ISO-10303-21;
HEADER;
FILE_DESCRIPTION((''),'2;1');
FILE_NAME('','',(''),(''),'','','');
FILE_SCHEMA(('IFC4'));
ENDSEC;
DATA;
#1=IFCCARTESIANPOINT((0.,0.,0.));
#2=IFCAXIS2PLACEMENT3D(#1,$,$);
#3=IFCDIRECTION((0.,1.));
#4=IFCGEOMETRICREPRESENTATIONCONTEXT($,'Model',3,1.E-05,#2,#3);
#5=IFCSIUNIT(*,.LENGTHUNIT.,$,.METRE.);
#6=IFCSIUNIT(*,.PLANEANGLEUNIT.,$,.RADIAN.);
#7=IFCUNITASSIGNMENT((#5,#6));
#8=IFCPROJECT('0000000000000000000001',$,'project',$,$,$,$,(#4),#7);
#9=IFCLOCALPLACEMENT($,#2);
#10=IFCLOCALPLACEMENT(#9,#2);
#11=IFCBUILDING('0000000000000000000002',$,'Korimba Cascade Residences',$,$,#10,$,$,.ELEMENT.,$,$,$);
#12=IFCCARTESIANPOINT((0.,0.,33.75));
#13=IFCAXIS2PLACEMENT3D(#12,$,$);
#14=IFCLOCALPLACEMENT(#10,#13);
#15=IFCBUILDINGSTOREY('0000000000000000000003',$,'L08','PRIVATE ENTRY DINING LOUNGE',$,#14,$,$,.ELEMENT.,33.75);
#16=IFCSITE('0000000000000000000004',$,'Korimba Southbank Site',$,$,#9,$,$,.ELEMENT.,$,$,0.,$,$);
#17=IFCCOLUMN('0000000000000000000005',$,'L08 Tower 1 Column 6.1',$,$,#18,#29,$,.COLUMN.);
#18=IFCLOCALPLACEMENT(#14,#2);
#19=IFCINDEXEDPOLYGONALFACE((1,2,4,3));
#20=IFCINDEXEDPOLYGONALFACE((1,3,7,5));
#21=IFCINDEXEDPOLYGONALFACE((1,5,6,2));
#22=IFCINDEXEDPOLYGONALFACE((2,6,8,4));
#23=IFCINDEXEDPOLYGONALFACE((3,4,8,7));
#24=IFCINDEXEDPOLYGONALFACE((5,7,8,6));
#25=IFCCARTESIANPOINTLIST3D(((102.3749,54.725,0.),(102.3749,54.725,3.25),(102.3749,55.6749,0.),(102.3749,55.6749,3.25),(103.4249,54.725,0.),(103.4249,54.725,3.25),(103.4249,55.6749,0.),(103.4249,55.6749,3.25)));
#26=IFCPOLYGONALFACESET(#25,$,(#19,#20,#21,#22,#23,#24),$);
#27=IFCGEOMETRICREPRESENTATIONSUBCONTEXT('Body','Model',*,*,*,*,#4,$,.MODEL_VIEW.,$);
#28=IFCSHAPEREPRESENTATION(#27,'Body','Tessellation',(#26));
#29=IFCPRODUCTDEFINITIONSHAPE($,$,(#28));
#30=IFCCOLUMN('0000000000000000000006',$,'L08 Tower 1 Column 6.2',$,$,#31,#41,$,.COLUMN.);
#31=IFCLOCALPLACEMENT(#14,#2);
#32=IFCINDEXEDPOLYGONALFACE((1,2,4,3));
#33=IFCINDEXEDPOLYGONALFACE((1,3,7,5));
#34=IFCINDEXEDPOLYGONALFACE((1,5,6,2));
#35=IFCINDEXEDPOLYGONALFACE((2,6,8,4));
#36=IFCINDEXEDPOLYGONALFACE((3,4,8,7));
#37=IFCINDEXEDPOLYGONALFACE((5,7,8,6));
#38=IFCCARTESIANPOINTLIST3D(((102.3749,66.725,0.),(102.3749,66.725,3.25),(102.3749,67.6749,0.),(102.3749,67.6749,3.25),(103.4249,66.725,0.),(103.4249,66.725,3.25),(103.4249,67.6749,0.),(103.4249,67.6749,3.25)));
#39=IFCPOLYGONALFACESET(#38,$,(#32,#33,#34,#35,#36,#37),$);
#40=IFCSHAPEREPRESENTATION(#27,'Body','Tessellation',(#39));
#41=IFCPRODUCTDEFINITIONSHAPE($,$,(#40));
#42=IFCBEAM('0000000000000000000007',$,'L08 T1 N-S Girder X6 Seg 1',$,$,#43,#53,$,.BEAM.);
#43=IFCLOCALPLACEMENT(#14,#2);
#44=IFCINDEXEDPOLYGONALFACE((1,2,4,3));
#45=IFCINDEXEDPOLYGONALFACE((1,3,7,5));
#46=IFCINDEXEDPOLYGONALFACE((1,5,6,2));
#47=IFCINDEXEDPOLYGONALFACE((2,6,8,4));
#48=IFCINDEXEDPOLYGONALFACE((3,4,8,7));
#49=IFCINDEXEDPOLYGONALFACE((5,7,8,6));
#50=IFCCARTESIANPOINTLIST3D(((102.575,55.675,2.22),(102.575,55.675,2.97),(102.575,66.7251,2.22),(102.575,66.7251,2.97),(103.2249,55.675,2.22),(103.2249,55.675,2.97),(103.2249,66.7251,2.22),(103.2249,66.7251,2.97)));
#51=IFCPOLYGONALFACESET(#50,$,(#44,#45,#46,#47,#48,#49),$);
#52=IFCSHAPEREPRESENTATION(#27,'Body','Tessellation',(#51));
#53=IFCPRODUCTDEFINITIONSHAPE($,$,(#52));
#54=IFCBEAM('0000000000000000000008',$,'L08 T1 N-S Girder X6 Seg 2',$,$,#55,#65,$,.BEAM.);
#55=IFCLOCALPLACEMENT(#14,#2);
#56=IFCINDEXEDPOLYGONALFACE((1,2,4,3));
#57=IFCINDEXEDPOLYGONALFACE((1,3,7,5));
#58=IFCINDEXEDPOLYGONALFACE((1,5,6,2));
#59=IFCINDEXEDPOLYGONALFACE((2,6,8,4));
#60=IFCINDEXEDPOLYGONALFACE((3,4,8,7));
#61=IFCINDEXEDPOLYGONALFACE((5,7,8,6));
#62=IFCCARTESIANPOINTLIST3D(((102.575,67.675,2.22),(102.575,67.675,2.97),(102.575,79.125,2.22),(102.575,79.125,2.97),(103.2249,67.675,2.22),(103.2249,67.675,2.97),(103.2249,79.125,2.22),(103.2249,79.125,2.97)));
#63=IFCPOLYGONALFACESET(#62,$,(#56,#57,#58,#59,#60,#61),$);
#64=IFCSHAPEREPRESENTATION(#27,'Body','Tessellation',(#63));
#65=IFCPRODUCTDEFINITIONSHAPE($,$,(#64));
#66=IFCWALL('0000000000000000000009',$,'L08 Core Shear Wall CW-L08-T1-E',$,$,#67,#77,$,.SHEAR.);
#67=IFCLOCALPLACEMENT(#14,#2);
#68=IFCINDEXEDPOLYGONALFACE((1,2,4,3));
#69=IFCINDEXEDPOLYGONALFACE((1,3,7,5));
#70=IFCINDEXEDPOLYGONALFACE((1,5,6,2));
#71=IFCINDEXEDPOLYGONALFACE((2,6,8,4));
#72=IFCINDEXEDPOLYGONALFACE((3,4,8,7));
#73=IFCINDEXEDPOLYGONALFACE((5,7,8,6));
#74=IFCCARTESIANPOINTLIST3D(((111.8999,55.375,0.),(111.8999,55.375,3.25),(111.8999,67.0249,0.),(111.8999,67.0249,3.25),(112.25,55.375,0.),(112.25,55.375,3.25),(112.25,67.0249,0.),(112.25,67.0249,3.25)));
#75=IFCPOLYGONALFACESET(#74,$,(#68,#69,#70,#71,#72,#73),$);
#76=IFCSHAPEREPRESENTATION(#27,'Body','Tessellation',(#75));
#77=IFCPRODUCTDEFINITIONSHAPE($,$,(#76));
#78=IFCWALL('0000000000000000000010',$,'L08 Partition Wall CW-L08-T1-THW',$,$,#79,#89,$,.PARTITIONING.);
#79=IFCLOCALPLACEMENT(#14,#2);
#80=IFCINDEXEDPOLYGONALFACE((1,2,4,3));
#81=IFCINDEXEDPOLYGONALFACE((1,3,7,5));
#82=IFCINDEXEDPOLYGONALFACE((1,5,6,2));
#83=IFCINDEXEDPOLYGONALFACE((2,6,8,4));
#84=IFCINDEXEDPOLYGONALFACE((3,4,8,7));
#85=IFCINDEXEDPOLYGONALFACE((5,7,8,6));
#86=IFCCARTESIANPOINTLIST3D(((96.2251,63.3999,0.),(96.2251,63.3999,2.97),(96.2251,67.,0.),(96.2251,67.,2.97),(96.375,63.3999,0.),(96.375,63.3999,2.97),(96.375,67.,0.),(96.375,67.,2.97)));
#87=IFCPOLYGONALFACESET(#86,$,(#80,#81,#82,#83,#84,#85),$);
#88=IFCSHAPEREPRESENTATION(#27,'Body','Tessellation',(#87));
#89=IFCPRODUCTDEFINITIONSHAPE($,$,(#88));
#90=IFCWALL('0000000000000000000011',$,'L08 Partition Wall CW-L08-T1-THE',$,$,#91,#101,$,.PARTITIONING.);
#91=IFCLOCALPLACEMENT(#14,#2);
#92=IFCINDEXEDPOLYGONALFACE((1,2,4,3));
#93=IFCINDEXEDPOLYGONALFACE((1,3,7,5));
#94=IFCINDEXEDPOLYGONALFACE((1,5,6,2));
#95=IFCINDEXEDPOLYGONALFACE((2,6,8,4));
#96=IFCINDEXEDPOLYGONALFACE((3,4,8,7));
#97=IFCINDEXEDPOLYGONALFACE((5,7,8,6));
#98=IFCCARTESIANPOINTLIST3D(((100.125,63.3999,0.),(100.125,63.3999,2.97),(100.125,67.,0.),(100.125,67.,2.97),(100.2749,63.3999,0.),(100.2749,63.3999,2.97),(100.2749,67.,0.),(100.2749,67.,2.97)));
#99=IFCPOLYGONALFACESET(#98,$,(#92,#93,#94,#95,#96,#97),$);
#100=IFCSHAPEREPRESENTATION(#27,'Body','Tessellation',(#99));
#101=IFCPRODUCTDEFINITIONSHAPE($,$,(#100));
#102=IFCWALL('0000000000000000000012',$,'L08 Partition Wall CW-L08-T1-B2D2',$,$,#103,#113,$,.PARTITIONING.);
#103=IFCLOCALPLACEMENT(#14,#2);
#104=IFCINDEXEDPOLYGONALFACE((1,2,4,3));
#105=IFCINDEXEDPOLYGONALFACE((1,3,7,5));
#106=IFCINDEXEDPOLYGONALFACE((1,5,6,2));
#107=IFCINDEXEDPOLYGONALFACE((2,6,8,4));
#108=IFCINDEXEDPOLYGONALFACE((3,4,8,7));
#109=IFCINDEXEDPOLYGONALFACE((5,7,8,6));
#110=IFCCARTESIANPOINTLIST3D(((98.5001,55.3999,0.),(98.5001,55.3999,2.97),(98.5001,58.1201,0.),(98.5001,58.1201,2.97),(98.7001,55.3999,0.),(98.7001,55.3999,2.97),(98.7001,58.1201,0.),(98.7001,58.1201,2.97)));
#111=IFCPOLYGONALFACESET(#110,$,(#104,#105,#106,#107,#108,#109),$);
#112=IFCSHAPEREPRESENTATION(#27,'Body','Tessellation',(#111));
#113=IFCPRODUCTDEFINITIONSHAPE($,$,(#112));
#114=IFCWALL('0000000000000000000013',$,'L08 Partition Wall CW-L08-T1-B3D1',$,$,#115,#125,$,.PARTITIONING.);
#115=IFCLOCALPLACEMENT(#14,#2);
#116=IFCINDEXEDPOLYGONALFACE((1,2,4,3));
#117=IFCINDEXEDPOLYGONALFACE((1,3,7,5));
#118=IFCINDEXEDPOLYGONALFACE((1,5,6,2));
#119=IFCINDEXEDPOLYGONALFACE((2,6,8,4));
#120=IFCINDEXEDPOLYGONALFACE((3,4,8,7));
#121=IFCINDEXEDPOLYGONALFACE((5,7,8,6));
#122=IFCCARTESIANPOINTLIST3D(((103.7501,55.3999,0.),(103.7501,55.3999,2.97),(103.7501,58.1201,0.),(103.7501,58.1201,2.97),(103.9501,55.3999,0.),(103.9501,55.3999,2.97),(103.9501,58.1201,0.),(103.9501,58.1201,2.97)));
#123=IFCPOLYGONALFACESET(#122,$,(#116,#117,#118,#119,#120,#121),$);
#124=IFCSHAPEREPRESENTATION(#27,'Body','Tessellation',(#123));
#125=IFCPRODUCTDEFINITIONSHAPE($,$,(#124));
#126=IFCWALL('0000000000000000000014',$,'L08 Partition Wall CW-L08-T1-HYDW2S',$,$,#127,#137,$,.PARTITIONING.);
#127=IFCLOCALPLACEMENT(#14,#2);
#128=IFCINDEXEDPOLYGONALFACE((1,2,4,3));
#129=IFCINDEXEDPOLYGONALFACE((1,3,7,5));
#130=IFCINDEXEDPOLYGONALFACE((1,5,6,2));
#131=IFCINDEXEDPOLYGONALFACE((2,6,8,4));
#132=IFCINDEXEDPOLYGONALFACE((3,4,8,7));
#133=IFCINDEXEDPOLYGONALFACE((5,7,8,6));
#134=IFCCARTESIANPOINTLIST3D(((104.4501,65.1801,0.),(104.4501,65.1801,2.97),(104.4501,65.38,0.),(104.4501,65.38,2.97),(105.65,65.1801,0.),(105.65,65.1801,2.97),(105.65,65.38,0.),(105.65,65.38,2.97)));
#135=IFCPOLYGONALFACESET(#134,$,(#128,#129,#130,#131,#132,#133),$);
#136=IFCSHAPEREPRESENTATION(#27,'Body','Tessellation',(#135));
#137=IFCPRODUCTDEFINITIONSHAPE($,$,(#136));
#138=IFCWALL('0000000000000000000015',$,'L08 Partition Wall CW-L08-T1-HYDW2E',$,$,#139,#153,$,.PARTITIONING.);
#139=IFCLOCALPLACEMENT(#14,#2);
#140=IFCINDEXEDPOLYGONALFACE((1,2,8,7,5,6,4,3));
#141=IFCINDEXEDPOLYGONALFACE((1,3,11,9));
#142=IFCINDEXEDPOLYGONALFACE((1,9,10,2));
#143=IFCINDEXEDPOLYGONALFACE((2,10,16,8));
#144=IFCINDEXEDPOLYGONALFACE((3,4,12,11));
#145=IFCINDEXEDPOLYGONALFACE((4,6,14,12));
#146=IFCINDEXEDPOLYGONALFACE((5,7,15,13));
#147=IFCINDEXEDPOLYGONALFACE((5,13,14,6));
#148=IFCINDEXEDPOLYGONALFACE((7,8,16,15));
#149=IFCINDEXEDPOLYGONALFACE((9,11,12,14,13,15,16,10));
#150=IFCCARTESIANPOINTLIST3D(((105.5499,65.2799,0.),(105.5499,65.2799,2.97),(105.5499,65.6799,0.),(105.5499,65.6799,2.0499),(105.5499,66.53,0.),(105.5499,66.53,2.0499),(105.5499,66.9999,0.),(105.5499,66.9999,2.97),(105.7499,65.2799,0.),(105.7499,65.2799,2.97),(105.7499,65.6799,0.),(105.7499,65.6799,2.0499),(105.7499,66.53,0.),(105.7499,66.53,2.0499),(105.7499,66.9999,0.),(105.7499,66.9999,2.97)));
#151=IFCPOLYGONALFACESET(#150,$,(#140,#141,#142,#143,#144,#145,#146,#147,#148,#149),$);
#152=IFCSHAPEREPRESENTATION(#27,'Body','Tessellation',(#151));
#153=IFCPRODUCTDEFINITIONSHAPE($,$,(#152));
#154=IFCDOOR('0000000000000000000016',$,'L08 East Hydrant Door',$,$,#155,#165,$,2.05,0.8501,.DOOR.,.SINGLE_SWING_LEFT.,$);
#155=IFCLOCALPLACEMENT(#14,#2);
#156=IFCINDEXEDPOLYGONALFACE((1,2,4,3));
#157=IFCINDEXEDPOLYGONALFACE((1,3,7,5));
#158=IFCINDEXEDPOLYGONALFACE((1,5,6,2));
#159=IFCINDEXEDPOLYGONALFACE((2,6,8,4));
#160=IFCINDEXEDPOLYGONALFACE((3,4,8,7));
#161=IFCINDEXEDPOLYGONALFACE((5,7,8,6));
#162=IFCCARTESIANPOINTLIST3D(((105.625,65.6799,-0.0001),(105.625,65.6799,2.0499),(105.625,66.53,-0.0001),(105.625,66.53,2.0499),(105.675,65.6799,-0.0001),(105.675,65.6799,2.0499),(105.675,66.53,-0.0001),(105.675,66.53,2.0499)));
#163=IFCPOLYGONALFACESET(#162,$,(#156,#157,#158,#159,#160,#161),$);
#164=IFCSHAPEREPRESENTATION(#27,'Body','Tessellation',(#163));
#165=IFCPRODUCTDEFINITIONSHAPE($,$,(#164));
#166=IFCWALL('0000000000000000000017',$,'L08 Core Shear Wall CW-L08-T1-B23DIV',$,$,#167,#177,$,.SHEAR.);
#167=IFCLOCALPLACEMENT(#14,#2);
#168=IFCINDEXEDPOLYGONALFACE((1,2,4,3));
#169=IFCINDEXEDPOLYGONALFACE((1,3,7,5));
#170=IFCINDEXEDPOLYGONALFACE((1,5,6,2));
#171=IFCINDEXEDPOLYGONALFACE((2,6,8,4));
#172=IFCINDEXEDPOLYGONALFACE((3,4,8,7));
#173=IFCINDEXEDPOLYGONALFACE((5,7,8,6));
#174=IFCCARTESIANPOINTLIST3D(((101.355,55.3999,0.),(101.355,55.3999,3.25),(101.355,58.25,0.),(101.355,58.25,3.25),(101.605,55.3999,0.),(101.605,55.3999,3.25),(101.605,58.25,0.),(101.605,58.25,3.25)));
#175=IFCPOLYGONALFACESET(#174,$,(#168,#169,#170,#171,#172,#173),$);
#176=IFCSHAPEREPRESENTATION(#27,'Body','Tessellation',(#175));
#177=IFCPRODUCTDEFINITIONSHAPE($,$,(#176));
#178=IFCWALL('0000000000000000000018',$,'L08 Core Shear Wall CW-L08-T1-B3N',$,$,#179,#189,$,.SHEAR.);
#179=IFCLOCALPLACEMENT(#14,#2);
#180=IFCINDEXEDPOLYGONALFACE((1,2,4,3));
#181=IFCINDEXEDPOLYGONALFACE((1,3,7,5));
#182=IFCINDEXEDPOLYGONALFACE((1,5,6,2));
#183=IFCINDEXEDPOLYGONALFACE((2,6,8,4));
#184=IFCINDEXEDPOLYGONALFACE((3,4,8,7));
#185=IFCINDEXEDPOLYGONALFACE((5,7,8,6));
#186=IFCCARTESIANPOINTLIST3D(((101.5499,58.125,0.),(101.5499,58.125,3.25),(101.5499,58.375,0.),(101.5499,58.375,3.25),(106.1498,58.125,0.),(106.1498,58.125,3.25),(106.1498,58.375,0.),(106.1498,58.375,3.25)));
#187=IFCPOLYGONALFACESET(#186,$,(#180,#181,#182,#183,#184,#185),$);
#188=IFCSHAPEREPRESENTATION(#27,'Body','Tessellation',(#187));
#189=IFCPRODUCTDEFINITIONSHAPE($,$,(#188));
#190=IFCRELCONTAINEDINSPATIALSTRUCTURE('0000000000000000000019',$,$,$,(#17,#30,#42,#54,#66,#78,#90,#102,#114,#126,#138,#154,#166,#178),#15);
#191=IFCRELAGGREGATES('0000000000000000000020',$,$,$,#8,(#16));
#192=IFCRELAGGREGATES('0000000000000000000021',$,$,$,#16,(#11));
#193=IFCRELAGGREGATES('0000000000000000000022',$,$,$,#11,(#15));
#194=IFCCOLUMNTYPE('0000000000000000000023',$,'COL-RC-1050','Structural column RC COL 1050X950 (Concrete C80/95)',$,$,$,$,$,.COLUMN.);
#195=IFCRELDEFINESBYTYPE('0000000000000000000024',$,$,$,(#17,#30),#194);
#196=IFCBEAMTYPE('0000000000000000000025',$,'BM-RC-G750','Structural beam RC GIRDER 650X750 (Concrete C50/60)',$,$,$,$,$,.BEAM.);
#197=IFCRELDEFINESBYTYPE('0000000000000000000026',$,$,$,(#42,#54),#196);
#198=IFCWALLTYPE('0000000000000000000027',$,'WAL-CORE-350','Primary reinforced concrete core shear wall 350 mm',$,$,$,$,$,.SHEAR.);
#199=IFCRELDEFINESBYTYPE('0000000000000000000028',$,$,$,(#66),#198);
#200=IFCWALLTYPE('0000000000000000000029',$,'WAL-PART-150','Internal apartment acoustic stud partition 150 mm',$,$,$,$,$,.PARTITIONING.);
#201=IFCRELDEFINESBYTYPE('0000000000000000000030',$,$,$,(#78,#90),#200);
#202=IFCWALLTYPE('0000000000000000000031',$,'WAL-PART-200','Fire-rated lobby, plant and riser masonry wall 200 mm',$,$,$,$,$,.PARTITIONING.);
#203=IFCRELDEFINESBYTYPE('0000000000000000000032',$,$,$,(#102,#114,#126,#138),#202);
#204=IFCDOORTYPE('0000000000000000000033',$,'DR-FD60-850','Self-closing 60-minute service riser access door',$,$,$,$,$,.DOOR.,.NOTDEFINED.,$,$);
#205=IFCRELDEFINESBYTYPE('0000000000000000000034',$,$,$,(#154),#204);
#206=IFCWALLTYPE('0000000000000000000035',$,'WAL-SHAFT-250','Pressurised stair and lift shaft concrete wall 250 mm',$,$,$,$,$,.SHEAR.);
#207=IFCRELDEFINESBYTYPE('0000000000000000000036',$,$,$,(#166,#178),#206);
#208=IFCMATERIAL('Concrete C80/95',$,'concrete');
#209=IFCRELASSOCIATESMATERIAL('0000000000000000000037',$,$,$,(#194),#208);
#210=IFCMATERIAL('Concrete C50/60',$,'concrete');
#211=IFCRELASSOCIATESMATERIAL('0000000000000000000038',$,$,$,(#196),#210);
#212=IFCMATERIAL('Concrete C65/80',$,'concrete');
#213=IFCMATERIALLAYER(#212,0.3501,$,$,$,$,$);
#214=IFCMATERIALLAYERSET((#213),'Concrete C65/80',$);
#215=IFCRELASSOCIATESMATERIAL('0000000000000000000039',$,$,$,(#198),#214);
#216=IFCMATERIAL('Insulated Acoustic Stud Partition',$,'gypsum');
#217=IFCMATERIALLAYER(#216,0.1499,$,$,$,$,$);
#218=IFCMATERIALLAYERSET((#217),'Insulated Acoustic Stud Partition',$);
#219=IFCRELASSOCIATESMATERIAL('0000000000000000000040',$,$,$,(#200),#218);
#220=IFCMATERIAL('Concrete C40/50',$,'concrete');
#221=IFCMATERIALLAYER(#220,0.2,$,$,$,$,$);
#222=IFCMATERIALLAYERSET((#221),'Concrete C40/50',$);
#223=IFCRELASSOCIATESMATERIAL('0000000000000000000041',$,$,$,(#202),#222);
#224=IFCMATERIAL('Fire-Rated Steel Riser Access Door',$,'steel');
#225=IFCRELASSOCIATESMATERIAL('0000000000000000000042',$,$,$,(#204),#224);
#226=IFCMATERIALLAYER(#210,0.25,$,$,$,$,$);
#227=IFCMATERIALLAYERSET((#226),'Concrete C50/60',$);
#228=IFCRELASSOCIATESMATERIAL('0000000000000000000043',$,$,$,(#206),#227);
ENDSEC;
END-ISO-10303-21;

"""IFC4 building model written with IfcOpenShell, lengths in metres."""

from ifc_helpers import new_model, si_unit, direction, frame, frame_2d, origin, origin_2d, place, context, subcontext, project, spatial, rectangle, extrude, material, layer, layer_set, material_profile, profile_set, type_object, element, fill, save


model = new_model("IFC4")

# Units and contexts
model_context = context("Model", 3, precision=1e-05, world=origin(), true_north=direction((0.0, 1.0)))
body_context = subcontext(model_context, "Body", "Model", "MODEL_VIEW")
ifc_project = project(units=[si_unit("LENGTHUNIT", "METRE"), si_unit("PLANEANGLEUNIT", "RADIAN")], contexts=[model_context])

# Site, building, storey
site_placement = place(None, origin())
site = spatial("IfcSite", under=ifc_project, at=site_placement, Name="Korimba Southbank Site", CompositionType="ELEMENT", RefElevation=0.0)
building_placement = place(site_placement, origin())
building = spatial("IfcBuilding", under=site, at=building_placement, Name="Korimba Cascade Residences", CompositionType="ELEMENT")
storey_placement = place(building_placement, frame((0.0, 0.0, 33.75)))
storey = spatial("IfcBuildingStorey", under=building, at=storey_placement, Name="L08", Description="PRIVATE ENTRY DINING LOUNGE", CompositionType="ELEMENT", Elevation=33.75)

# Columns
ifc_material_1 = material(Name="Concrete C80/95", Category="concrete")
ifc_material_profile_1 = material_profile(ifc_material_1, rectangle(XDim=1.05, YDim=0.95, at=origin_2d()), Name="Concrete C80/95")
ifc_profile_set_1 = profile_set([ifc_material_profile_1], Name="Concrete C80/95")
column_type = type_object("IfcColumnType", Name="COL-RC-1050", Description="Structural column RC COL 1050X950 (Concrete C80/95)", PredefinedType="COLUMN", material=ifc_profile_set_1)
for number, where, z_axis, x_axis, name in (
    (1, (102.8999, 55.2, 0.0), (0.0, 0.0, 1.0), (1.0, 0.0, 0.0), "L08 Tower 1 Column 6.1"),
    (2, (102.8999, 67.2, 0.0), (0.0, 0.0, 1.0), (1.0, 0.0, 0.0), "L08 Tower 1 Column 6.2"),
):
    element("IfcColumn", number, at=place(storey_placement, frame(where, z_axis=z_axis, x_axis=x_axis)), inside=storey, type_object=column_type, Name=name, PredefinedType="COLUMN", context=body_context, shape_type="SweptSolid", body=[
        extrude(rectangle(XDim=1.05, YDim=0.95, at=origin_2d()), origin(), (0.0, 0.0, 1.0), 3.25),
    ])

# Beams
ifc_material_2 = material(Name="Concrete C50/60", Category="concrete")
ifc_material_profile_2 = material_profile(ifc_material_2, rectangle(XDim=0.6499, YDim=0.75, at=origin_2d()), Name="Concrete C50/60")
ifc_profile_set_2 = profile_set([ifc_material_profile_2], Name="Concrete C50/60")
beam_type = type_object("IfcBeamType", Name="BM-RC-G750", Description="Structural beam RC GIRDER 650X750 (Concrete C50/60)", PredefinedType="BEAM", material=ifc_profile_set_2)
beam_1_placement = place(storey_placement, frame((102.8999, 55.675, 2.595), z_axis=(0.0, 1.0, 0.0), x_axis=(-1.0, 0.0, 0.0)))
element("IfcBeam", 3, at=beam_1_placement, inside=storey, type_object=beam_type, Name="L08 T1 N-S Girder X6 Seg 1", PredefinedType="BEAM", context=body_context, shape_type="SweptSolid", body=[
    extrude(rectangle(XDim=0.6499, YDim=0.75, at=origin_2d()), origin(), (0.0, 0.0, 1.0), 11.05),
])
beam_2_placement = place(storey_placement, frame((102.8999, 67.675, 2.595), z_axis=(0.0, 1.0, 0.0), x_axis=(-1.0, 0.0, 0.0)))
element("IfcBeam", 4, at=beam_2_placement, inside=storey, type_object=beam_type, Name="L08 T1 N-S Girder X6 Seg 2", PredefinedType="BEAM", context=body_context, shape_type="SweptSolid", body=[
    extrude(rectangle(XDim=0.6499, YDim=0.75, at=origin_2d()), origin(), (0.0, 0.0, 1.0), 11.45),
])

# Walls
ifc_material_3 = material(Name="Concrete C65/80", Category="concrete")
ifc_layer_1 = layer(ifc_material_3, 0.3501)
ifc_layer_set_1 = layer_set([ifc_layer_1], Name="Concrete C65/80")
wall_type_1 = type_object("IfcWallType", Name="WAL-CORE-350", Description="Primary reinforced concrete core shear wall 350 mm", PredefinedType="SHEAR", material=ifc_layer_set_1)
wall_1_placement = place(storey_placement, frame((112.075, 55.375, 0.0), z_axis=(0.0, 0.0, 1.0), x_axis=(0.0, 1.0, 0.0)))
element("IfcWall", 5, at=wall_1_placement, inside=storey, type_object=wall_type_1, Name="L08 Core Shear Wall CW-L08-T1-E", PredefinedType="SHEAR", context=body_context, shape_type="SweptSolid", body=[
    extrude(rectangle(XDim=11.6499, YDim=0.3501, at=frame_2d((5.825, 0.0))), origin(), (0.0, 0.0, 1.0), 3.25),
])
ifc_material_4 = material(Name="Insulated Acoustic Stud Partition", Category="gypsum")
ifc_layer_2 = layer(ifc_material_4, 0.1499)
ifc_layer_set_2 = layer_set([ifc_layer_2], Name="Insulated Acoustic Stud Partition")
wall_type_2 = type_object("IfcWallType", Name="WAL-PART-150", Description="Internal apartment acoustic stud partition 150 mm", PredefinedType="PARTITIONING", material=ifc_layer_set_2)
for number, where, z_axis, x_axis, name in (
    (6, (96.3, 63.3999, 0.0), (0.0, 0.0, 1.0), (0.0, 1.0, 0.0), "L08 Partition Wall CW-L08-T1-THW"),
    (7, (100.2, 63.3999, 0.0), (0.0, 0.0, 1.0), (0.0, 1.0, 0.0), "L08 Partition Wall CW-L08-T1-THE"),
):
    element("IfcWall", number, at=place(storey_placement, frame(where, z_axis=z_axis, x_axis=x_axis)), inside=storey, type_object=wall_type_2, Name=name, PredefinedType="PARTITIONING", context=body_context, shape_type="SweptSolid", body=[
        extrude(rectangle(XDim=3.6001, YDim=0.1499, at=frame_2d((1.8, 0.0))), origin(), (0.0, 0.0, 1.0), 2.97),
    ])
ifc_material_5 = material(Name="Concrete C40/50", Category="concrete")
ifc_layer_3 = layer(ifc_material_5, 0.2)
ifc_layer_set_3 = layer_set([ifc_layer_3], Name="Concrete C40/50")
wall_type_3 = type_object("IfcWallType", Name="WAL-PART-200", Description="Fire-rated lobby, plant and riser masonry wall 200 mm", PredefinedType="PARTITIONING", material=ifc_layer_set_3)
for number, where, z_axis, x_axis, name in (
    (8, (98.6001, 55.3999, 0.0), (0.0, 0.0, 1.0), (0.0, 1.0, 0.0), "L08 Partition Wall CW-L08-T1-B2D2"),
    (9, (103.8501, 55.3999, 0.0), (0.0, 0.0, 1.0), (0.0, 1.0, 0.0), "L08 Partition Wall CW-L08-T1-B3D1"),
):
    element("IfcWall", number, at=place(storey_placement, frame(where, z_axis=z_axis, x_axis=x_axis)), inside=storey, type_object=wall_type_3, Name=name, PredefinedType="PARTITIONING", context=body_context, shape_type="SweptSolid", body=[
        extrude(rectangle(XDim=2.7202, YDim=0.2, at=frame_2d((1.3601, 0.0))), origin(), (0.0, 0.0, 1.0), 2.97),
    ])
wall_2_placement = place(storey_placement, frame((104.45, 65.28, 0.0), z_axis=(0.0, 0.0, 1.0), x_axis=(1.0, 0.0, 0.0)))
element("IfcWall", 10, at=wall_2_placement, inside=storey, type_object=wall_type_3, Name="L08 Partition Wall CW-L08-T1-HYDW2S", PredefinedType="PARTITIONING", context=body_context, shape_type="SweptSolid", body=[
    extrude(rectangle(XDim=1.2, YDim=0.2, at=frame_2d((0.6001, 0.0))), origin(), (0.0, 0.0, 1.0), 2.97),
])

# Wall, opening, door
wall_3_placement = place(storey_placement, frame((105.6499, 65.28, 0.0), z_axis=(0.0, 0.0, 1.0), x_axis=(0.0, 1.0, 0.0)))
wall_3 = element("IfcWall", 11, at=wall_3_placement, inside=storey, type_object=wall_type_3, Name="L08 Partition Wall CW-L08-T1-HYDW2E", PredefinedType="PARTITIONING", context=body_context, shape_type="SweptSolid", body=[
    extrude(rectangle(XDim=1.72, YDim=0.2, at=frame_2d((0.8599, 0.0))), origin(), (0.0, 0.0, 1.0), 2.97),
])
opening_1_placement = place(wall_3_placement, frame((0.3999, 0.0, 0.0)))
opening_1 = element("IfcOpeningElement", 12, at=opening_1_placement, cuts=wall_3, PredefinedType="OPENING", context=body_context, shape_type="SweptSolid", body=[
    extrude(rectangle(XDim=0.8501, YDim=2.05, at=frame_2d((0.425, 1.0249))), frame((0.0, 0.1099, 0.0), z_axis=(0.0, -1.0, 0.0), x_axis=(1.0, 0.0, 0.0)), (0.0, 0.0, 1.0), 0.22),
])
ifc_material_6 = material(Name="Fire-Rated Steel Riser Access Door", Category="steel")
door_type_1 = type_object("IfcDoorType", Name="DR-FD60-850", Description="Self-closing 60-minute service riser access door", OperationType="NOTDEFINED", PredefinedType="DOOR", material=ifc_material_6)
door_1_placement = place(opening_1_placement, origin())
door_1 = element("IfcDoor", 13, at=door_1_placement, inside=storey, type_object=door_type_1, Name="L08 East Hydrant Door", OperationType="SINGLE_SWING_LEFT", OverallHeight=2.05, OverallWidth=0.8501, PredefinedType="DOOR", context=body_context, shape_type="SweptSolid", body=[
    extrude(rectangle(XDim=0.8501, YDim=2.05, at=frame_2d((0.425, 1.0249))), frame((0.0, 0.0249, 0.0), z_axis=(0.0, -1.0, 0.0), x_axis=(1.0, 0.0, 0.0)), (0.0, 0.0, 1.0), 0.05),
])
fill(opening_1, door_1)

# Walls
ifc_layer_4 = layer(ifc_material_2, 0.25)
ifc_layer_set_4 = layer_set([ifc_layer_4], Name="Concrete C50/60")
wall_type_4 = type_object("IfcWallType", Name="WAL-SHAFT-250", Description="Pressurised stair and lift shaft concrete wall 250 mm", PredefinedType="SHEAR", material=ifc_layer_set_4)
wall_4_placement = place(storey_placement, frame((101.48, 55.3999, 0.0), z_axis=(0.0, 0.0, 1.0), x_axis=(0.0, 1.0, 0.0)))
element("IfcWall", 14, at=wall_4_placement, inside=storey, type_object=wall_type_4, Name="L08 Core Shear Wall CW-L08-T1-B23DIV", PredefinedType="SHEAR", context=body_context, shape_type="SweptSolid", body=[
    extrude(rectangle(XDim=2.8501, YDim=0.25, at=frame_2d((1.425, 0.0))), origin(), (0.0, 0.0, 1.0), 3.25),
])
wall_5_placement = place(storey_placement, frame((101.55, 58.25, 0.0), z_axis=(0.0, 0.0, 1.0), x_axis=(1.0, 0.0, 0.0)))
element("IfcWall", 15, at=wall_5_placement, inside=storey, type_object=wall_type_4, Name="L08 Core Shear Wall CW-L08-T1-B3N", PredefinedType="SHEAR", context=body_context, shape_type="SweptSolid", body=[
    extrude(rectangle(XDim=4.5999, YDim=0.25, at=frame_2d((2.2998, 0.0))), origin(), (0.0, 0.0, 1.0), 3.25),
])

save(model, "model.ifc")
